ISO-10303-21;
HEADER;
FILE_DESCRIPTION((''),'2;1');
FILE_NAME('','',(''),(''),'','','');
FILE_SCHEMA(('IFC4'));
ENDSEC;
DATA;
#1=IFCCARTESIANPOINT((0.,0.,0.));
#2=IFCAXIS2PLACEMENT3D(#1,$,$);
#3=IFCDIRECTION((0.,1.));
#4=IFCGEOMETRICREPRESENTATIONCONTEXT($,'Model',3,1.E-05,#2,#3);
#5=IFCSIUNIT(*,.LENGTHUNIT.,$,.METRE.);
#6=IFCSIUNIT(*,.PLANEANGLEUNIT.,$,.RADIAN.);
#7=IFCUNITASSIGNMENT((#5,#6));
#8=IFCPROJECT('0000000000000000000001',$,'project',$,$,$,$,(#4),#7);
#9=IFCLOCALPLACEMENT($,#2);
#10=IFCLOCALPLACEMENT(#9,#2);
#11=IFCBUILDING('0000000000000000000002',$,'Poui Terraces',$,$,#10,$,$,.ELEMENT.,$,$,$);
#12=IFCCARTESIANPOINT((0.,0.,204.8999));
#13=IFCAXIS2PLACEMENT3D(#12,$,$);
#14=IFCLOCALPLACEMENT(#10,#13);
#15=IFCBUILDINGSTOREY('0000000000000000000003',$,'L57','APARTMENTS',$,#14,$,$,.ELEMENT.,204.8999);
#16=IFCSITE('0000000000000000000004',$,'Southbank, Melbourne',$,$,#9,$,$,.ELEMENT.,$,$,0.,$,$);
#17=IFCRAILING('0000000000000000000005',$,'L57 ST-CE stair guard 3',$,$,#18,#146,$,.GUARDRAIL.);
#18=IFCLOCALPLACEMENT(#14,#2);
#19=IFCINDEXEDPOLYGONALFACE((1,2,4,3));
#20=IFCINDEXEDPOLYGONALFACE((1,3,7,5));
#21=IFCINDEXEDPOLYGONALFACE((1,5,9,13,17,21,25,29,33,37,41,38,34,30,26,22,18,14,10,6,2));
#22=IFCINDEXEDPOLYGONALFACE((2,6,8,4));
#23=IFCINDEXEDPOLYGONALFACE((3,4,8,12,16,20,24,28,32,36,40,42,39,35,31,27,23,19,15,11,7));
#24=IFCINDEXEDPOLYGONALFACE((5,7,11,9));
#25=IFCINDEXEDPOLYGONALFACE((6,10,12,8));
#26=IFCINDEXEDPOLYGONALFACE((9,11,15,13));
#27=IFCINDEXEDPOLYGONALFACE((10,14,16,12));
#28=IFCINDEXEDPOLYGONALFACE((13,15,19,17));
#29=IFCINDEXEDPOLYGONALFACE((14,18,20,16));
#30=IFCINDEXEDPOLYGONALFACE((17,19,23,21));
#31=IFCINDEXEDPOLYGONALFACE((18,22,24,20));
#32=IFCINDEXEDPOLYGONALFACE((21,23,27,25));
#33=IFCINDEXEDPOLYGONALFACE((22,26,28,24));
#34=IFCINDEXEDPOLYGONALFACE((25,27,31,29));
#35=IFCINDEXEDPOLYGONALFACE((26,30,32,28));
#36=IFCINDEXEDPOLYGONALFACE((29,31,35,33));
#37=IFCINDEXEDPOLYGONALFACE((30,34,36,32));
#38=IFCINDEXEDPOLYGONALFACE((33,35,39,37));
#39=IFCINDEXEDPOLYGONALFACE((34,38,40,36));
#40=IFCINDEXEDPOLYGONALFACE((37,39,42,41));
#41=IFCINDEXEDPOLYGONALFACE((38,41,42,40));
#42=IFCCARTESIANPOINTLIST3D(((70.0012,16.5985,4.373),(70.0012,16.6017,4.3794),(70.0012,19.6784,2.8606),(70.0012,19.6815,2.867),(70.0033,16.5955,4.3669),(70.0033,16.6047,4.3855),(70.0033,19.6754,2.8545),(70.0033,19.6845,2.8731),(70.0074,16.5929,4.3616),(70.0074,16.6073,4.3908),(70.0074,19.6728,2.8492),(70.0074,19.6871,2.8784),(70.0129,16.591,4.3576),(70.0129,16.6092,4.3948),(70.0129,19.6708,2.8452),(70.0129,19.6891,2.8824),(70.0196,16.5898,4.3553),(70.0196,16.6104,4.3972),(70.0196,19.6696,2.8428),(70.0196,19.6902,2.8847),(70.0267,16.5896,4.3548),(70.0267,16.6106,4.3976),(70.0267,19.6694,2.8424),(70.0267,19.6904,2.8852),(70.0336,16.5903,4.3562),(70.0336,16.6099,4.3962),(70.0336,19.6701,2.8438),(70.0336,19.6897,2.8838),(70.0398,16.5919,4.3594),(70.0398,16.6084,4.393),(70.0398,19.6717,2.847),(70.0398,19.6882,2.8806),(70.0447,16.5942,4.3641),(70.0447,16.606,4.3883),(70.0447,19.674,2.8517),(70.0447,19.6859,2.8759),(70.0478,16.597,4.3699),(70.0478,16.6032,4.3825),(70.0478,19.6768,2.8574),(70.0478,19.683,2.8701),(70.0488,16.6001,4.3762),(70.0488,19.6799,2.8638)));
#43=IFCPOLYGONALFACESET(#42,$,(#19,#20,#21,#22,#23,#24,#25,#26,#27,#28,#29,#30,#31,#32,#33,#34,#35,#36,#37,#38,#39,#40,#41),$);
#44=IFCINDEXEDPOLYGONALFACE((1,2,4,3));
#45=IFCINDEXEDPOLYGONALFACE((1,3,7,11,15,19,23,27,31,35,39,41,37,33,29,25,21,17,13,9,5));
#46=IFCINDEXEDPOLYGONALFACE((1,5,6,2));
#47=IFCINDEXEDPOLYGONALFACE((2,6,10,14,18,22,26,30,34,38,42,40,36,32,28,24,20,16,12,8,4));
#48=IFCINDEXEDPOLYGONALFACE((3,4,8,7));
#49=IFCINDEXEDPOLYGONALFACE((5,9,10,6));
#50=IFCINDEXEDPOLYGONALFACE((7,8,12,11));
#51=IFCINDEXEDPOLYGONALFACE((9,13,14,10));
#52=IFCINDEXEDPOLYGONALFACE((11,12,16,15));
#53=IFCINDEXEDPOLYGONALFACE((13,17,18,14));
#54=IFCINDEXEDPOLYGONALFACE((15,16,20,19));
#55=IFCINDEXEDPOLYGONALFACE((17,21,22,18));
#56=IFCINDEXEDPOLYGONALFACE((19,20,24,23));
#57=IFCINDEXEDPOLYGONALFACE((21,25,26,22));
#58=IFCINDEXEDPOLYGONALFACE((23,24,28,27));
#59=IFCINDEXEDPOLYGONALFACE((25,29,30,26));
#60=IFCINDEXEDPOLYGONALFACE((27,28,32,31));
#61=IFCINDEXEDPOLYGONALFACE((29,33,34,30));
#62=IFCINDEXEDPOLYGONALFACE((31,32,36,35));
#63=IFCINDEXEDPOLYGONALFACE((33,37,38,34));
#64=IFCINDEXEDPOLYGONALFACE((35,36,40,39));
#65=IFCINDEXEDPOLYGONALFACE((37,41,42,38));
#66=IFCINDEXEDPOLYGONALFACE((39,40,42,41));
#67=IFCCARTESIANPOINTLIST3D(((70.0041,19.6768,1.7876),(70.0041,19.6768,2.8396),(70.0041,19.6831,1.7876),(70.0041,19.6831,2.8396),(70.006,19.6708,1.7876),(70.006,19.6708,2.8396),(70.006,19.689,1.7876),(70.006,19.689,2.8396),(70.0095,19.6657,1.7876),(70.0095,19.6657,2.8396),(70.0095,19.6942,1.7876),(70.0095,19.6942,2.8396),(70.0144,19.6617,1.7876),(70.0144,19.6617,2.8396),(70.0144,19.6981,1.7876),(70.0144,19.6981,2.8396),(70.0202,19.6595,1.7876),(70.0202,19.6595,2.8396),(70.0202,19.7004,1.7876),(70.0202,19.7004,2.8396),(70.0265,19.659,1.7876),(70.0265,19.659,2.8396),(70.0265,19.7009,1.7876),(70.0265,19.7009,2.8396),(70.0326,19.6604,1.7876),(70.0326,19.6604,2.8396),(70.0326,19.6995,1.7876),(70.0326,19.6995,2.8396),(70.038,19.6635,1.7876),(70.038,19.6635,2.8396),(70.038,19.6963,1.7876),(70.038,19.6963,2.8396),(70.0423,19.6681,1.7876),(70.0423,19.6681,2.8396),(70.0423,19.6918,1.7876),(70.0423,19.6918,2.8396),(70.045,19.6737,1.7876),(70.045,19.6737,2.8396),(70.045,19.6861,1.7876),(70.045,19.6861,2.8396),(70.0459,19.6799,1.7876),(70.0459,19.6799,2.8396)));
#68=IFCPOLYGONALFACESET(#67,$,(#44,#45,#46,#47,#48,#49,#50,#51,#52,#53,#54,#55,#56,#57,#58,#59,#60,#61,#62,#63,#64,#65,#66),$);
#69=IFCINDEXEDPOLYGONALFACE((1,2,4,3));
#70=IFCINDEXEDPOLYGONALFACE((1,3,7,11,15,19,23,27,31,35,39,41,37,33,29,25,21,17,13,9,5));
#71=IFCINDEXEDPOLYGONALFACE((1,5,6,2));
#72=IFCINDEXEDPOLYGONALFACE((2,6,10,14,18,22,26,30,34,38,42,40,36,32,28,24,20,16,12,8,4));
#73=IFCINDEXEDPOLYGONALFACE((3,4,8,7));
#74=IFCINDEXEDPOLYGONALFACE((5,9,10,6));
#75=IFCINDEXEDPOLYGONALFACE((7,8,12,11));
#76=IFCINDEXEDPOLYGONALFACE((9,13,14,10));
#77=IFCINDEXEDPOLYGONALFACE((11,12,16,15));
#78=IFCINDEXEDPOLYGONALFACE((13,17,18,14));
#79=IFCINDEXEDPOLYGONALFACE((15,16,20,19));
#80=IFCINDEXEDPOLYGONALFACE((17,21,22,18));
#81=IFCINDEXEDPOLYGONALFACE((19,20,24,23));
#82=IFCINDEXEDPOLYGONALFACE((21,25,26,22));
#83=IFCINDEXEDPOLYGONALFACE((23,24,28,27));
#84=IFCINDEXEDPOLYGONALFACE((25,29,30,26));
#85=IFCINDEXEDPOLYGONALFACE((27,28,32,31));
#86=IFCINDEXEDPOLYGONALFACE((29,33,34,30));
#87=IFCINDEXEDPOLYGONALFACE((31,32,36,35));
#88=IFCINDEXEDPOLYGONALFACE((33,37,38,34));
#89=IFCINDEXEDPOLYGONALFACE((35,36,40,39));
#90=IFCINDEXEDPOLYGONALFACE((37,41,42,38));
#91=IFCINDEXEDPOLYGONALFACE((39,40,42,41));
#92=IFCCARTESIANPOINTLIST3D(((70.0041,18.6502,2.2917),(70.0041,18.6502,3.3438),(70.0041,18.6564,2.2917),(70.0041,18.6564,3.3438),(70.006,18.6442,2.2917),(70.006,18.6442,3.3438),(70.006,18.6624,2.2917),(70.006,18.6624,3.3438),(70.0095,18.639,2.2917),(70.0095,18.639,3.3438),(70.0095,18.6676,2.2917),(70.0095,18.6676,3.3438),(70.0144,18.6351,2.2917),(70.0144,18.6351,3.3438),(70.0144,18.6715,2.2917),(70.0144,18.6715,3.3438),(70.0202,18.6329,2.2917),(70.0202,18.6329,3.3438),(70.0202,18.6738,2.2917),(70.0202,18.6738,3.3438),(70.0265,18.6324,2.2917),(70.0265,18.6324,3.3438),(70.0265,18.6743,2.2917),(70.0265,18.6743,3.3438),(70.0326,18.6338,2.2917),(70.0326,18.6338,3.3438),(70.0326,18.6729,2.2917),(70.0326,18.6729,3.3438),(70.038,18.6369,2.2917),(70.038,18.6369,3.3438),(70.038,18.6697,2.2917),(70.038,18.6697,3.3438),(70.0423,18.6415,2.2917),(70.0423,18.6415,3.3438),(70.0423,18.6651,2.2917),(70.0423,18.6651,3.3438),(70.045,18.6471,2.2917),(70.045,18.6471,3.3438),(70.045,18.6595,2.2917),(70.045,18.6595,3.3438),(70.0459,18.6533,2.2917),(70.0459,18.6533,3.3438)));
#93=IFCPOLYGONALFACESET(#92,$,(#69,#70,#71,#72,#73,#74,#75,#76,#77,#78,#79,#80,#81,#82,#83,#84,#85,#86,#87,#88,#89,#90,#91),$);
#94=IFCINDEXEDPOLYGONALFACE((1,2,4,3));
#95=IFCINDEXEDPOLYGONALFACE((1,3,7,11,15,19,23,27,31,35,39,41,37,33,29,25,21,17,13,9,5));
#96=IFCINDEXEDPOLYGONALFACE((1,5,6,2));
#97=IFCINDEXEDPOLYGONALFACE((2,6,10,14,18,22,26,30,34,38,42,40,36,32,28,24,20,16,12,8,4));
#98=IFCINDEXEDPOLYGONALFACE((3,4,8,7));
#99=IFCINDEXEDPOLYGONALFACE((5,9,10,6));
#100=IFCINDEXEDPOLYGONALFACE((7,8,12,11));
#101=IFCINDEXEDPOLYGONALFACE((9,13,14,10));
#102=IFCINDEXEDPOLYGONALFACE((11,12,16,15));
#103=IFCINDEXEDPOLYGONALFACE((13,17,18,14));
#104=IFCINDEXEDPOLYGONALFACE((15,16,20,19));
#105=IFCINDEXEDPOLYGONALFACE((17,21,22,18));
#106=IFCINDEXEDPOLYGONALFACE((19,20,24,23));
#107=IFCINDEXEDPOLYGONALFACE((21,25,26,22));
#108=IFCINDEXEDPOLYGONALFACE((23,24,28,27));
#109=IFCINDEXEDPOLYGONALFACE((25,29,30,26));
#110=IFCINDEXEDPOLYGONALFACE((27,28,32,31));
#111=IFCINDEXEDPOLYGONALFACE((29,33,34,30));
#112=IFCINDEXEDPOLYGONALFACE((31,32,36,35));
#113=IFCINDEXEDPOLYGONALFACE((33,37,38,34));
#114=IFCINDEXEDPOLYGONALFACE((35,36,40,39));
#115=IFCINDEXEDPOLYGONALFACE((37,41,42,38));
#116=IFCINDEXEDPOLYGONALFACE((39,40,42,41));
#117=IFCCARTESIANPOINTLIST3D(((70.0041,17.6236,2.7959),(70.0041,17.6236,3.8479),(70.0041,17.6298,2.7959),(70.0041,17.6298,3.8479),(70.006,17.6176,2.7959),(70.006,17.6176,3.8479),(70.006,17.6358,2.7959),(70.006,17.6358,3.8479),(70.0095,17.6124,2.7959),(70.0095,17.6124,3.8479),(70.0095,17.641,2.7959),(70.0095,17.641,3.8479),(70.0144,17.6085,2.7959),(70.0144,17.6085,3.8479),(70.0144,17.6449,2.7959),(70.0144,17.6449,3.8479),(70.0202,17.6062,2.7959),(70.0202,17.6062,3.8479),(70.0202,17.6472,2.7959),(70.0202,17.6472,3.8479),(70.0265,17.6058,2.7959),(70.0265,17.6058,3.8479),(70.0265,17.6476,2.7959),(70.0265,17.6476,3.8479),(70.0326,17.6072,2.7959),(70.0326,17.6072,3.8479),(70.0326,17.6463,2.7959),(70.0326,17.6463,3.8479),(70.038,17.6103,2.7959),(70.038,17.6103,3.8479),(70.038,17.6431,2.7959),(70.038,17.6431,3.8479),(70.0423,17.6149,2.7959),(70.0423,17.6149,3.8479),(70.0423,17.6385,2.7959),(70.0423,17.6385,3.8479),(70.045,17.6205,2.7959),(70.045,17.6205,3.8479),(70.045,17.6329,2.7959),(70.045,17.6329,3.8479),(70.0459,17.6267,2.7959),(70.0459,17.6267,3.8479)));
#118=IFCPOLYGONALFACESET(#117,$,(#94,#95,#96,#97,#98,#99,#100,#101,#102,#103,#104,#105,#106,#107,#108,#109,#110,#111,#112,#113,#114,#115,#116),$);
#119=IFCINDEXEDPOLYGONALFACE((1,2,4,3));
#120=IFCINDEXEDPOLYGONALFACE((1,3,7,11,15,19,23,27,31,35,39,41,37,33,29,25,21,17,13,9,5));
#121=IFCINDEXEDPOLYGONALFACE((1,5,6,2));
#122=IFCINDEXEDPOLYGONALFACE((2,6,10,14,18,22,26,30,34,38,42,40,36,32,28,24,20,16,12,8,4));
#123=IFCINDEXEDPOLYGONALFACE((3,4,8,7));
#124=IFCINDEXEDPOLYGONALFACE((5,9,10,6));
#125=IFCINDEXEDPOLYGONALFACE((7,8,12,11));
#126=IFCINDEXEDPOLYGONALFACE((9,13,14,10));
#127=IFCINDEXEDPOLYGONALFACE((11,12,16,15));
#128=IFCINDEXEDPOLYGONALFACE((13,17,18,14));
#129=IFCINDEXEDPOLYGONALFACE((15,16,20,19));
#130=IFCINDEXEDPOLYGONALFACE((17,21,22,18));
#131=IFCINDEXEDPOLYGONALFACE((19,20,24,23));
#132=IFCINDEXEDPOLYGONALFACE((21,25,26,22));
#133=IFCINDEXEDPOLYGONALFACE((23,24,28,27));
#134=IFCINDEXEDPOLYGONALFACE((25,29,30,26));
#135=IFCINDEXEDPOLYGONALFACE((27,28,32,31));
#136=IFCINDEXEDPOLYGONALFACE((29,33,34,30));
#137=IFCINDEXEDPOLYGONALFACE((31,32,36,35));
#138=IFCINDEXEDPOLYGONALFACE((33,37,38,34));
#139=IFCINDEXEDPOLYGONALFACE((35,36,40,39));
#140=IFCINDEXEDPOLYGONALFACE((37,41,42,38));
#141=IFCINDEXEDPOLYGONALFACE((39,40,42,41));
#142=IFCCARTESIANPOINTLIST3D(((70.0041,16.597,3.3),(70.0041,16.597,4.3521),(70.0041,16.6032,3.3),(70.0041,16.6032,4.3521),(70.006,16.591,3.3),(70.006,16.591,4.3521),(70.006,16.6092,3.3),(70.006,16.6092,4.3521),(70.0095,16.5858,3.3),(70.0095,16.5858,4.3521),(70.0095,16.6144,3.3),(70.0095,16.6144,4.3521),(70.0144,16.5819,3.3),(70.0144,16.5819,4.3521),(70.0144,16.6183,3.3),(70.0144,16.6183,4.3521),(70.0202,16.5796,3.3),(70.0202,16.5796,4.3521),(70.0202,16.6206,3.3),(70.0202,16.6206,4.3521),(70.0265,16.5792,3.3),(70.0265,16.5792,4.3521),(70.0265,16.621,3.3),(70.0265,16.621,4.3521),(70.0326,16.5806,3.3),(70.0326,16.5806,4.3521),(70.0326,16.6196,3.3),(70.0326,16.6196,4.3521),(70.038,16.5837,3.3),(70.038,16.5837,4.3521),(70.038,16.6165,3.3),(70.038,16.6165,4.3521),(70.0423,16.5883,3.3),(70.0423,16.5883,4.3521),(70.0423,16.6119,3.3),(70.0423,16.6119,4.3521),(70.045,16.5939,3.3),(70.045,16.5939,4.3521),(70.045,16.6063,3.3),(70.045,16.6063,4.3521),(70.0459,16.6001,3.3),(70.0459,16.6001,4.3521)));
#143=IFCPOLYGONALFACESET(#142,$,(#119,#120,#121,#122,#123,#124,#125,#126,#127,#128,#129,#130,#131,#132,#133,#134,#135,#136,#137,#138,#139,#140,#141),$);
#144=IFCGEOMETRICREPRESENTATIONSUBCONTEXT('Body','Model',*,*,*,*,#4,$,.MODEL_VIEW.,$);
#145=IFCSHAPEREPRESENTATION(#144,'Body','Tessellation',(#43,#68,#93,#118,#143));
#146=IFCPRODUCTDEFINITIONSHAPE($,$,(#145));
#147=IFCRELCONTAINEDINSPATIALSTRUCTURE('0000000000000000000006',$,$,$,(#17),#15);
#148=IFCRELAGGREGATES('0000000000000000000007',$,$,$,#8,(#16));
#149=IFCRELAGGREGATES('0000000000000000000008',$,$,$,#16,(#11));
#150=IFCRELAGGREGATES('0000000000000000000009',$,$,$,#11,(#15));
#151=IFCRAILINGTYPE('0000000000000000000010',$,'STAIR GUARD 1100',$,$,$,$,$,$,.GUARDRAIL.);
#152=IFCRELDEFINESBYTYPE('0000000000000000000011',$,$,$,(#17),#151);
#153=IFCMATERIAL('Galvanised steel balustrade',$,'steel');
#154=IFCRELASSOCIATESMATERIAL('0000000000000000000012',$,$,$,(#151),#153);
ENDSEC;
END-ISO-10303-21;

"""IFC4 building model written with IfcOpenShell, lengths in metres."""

from ifc_helpers import new_model, si_unit, direction, frame, origin, origin_2d, place, context, subcontext, project, spatial, circle, extrude, material, type_object, element, save


model = new_model("IFC4")

# Units and contexts
model_context = context("Model", 3, precision=1e-05, world=origin(), true_north=direction((0.0, 1.0)))
body_context = subcontext(model_context, "Body", "Model", "MODEL_VIEW")
ifc_project = project(units=[si_unit("LENGTHUNIT", "METRE"), si_unit("PLANEANGLEUNIT", "RADIAN")], contexts=[model_context])

# Site, building, storey
site_placement = place(None, origin())
site = spatial("IfcSite", under=ifc_project, at=site_placement, Name="Southbank, Melbourne", CompositionType="ELEMENT", RefElevation=0.0)
building_placement = place(site_placement, origin())
building = spatial("IfcBuilding", under=site, at=building_placement, Name="Poui Terraces", CompositionType="ELEMENT")
storey_placement = place(building_placement, frame((0.0, 0.0, 204.8999)))
storey = spatial("IfcBuildingStorey", under=building, at=storey_placement, Name="L57", Description="APARTMENTS", CompositionType="ELEMENT", Elevation=204.8999)

# Railing
ifc_material_1 = material(Name="Galvanised steel balustrade", Category="steel")
railing_type_1 = type_object("IfcRailingType", Name="STAIR GUARD 1100", PredefinedType="GUARDRAIL", material=ifc_material_1)
railing_1_placement = place(storey_placement, frame((70.0249, 19.6799, 1.7876)))
element("IfcRailing", 1, at=railing_1_placement, inside=storey, type_object=railing_type_1, Name="L57 ST-CE stair guard 3", PredefinedType="GUARDRAIL", context=body_context, shape_type="SweptSolid", body=[
    extrude(circle(Radius=0.0239, at=origin_2d()), frame((0.0, 0.0, 1.0762), z_axis=(0.0, -0.897606, 0.440798), x_axis=(1.0, 0.0, 0.0)), (0.0, 0.0, 1.0), 3.4312),
    extrude(circle(Radius=0.021, at=origin_2d()), origin(), (0.0, 0.0, 1.0), 1.052),
    extrude(circle(Radius=0.021, at=origin_2d()), frame((0.0, -1.0266, 0.5042)), (0.0, 0.0, 1.0), 1.052),
    extrude(circle(Radius=0.021, at=origin_2d()), frame((0.0, -2.0532, 1.0083)), (0.0, 0.0, 1.0), 1.052),
    extrude(circle(Radius=0.021, at=origin_2d()), frame((0.0, -3.0798, 1.5125)), (0.0, 0.0, 1.0), 1.052),
])

save(model, "model.ifc")
